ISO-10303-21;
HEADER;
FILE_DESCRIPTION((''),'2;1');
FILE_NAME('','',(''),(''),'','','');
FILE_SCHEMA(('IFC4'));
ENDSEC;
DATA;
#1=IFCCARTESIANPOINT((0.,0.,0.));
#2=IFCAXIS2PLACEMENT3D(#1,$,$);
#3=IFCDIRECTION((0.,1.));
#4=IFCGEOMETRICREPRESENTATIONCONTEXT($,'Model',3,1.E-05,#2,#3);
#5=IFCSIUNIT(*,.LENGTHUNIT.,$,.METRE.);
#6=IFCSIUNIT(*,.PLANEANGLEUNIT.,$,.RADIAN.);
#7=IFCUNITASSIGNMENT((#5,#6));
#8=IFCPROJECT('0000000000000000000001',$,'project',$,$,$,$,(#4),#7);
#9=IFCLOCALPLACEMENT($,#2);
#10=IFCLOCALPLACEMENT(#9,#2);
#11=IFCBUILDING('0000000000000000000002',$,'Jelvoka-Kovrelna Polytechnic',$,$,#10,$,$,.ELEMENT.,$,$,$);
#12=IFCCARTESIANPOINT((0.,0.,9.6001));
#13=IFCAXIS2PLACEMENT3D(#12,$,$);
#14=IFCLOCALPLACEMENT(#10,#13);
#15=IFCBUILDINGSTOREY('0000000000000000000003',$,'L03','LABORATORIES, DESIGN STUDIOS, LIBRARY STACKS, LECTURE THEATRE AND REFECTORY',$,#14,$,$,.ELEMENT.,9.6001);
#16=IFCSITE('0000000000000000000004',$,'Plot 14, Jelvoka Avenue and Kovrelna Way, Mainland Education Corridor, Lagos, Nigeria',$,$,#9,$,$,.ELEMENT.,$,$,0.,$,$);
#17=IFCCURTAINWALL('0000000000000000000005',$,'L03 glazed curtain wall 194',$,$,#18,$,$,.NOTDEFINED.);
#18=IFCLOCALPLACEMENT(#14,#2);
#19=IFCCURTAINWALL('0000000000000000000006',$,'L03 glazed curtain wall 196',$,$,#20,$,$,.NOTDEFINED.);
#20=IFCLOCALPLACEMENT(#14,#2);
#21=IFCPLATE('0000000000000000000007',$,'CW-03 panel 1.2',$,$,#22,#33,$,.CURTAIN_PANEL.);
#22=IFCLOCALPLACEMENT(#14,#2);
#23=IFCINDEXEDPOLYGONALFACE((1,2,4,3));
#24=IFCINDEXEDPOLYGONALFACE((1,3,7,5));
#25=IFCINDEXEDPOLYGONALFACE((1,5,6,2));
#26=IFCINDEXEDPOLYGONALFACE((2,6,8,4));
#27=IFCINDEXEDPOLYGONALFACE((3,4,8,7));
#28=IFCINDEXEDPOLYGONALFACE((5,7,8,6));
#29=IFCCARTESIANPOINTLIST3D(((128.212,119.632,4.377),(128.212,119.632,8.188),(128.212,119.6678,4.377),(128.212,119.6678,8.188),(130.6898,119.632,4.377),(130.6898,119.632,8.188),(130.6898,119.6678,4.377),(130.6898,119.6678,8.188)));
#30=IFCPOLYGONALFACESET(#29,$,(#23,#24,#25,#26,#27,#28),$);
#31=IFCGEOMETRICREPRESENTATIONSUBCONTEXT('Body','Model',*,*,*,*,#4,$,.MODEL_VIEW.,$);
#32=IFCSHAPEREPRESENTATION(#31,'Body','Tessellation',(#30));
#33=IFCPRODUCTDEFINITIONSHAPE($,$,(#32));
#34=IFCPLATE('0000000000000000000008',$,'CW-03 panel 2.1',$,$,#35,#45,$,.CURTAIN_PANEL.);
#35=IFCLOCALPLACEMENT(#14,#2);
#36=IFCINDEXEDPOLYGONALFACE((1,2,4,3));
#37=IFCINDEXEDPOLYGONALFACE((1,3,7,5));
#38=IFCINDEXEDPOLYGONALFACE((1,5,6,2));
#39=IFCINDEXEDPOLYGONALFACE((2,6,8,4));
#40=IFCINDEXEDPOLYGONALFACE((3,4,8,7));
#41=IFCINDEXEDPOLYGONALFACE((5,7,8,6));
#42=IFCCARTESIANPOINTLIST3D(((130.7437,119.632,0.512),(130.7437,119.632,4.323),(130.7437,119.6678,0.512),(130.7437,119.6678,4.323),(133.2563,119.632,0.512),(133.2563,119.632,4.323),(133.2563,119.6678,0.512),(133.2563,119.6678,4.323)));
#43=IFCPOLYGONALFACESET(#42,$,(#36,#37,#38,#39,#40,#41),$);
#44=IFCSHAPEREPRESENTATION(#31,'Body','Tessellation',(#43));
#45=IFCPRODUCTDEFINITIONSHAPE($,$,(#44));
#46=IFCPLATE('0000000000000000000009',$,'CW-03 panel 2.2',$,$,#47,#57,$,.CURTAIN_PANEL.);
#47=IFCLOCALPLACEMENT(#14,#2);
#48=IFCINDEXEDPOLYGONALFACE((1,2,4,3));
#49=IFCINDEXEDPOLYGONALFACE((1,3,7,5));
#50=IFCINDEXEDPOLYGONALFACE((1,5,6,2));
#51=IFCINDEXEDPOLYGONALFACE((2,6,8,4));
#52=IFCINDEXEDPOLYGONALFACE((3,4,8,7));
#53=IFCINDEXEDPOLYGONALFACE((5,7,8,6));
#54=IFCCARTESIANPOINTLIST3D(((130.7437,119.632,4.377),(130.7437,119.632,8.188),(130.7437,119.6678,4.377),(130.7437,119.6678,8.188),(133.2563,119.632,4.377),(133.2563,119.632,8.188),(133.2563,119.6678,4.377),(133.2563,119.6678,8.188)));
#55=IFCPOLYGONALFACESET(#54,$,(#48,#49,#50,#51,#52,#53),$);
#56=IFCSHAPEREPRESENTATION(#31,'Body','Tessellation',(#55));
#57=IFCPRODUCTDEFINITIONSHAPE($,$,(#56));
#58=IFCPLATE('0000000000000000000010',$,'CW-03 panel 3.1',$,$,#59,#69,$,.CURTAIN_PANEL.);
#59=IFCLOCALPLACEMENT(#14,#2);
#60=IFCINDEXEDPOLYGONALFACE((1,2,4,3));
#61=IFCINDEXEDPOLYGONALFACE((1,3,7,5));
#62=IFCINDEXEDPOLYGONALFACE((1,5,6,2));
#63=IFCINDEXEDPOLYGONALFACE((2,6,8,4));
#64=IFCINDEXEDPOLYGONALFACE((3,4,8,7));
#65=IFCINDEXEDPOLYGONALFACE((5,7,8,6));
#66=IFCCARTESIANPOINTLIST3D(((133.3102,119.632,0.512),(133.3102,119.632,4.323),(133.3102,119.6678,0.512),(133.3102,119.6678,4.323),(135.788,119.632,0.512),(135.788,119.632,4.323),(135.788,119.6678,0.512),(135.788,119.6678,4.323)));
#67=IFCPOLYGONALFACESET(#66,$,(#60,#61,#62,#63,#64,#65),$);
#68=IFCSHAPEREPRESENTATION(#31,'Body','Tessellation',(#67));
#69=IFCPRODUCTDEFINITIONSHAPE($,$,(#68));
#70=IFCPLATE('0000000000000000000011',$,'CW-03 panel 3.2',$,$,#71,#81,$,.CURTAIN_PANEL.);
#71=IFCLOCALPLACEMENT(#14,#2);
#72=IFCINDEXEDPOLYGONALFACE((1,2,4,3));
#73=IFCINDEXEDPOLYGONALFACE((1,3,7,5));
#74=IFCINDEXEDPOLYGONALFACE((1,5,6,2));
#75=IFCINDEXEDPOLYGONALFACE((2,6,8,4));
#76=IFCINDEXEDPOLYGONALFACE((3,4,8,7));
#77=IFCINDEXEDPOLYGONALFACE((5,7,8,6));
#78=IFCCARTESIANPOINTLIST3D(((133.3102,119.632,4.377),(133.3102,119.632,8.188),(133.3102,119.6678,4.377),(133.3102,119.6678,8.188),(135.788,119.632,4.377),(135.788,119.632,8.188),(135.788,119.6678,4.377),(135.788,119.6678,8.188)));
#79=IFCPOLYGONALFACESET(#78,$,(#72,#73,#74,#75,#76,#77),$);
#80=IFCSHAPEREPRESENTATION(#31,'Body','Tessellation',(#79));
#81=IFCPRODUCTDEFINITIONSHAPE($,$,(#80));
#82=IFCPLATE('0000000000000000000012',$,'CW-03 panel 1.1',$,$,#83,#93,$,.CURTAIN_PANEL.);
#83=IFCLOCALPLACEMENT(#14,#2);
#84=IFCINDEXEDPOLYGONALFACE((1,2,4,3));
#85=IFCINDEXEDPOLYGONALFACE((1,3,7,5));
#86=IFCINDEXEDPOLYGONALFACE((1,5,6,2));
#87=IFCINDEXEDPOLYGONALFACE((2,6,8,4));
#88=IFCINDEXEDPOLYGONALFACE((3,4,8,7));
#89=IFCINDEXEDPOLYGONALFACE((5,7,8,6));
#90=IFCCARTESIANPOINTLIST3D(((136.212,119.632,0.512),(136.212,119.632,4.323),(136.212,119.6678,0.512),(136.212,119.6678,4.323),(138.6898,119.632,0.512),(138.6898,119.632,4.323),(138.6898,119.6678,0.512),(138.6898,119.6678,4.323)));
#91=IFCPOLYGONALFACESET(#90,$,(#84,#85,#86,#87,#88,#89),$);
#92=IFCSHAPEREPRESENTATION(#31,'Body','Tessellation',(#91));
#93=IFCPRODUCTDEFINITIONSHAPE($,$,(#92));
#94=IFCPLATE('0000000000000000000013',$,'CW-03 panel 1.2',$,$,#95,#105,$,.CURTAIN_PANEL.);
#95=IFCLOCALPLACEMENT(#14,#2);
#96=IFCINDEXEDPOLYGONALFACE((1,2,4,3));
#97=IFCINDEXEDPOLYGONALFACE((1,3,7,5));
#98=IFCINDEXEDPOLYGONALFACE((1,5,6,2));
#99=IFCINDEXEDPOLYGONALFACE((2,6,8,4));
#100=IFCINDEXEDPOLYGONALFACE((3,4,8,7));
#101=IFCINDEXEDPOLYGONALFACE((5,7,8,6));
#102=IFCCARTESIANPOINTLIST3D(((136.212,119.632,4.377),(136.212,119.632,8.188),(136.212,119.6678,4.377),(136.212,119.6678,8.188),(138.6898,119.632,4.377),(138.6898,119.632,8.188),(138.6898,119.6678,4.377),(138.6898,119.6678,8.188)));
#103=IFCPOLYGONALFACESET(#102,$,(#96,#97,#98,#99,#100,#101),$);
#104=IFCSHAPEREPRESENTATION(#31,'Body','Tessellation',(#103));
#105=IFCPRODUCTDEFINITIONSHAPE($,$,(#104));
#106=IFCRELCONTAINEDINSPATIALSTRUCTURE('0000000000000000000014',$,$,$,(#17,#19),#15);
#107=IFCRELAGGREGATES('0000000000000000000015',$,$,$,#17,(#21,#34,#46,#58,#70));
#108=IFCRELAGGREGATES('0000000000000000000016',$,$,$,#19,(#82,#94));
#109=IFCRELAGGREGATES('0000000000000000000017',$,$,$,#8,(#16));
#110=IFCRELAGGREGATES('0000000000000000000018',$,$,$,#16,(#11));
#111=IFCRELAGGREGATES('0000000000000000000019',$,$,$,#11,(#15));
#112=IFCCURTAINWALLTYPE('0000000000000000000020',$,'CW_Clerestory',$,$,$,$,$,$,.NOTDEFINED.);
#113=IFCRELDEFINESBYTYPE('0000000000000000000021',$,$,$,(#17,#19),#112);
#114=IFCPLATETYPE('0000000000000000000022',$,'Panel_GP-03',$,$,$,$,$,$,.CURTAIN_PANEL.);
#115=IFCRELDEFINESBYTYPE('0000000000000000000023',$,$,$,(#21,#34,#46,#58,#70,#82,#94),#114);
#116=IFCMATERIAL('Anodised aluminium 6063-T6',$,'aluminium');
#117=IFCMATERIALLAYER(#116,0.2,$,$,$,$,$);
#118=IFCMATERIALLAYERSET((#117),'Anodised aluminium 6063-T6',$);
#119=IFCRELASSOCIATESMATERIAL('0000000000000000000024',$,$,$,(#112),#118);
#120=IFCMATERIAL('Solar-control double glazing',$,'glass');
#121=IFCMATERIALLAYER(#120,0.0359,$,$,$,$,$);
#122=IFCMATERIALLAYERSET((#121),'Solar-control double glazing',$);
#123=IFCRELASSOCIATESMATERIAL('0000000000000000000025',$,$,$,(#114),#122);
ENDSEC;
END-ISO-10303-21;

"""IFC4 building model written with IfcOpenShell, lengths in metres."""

from ifc_helpers import new_model, si_unit, direction, frame, origin, origin_2d, place, context, subcontext, project, spatial, rectangle, extrude, material, layer, layer_set, type_object, element, aggregate, save


model = new_model("IFC4")

# Units and contexts
model_context = context("Model", 3, precision=1e-05, world=origin(), true_north=direction((0.0, 1.0)))
body_context = subcontext(model_context, "Body", "Model", "MODEL_VIEW")
ifc_project = project(units=[si_unit("LENGTHUNIT", "METRE"), si_unit("PLANEANGLEUNIT", "RADIAN")], contexts=[model_context])

# Site, building, storey
site_placement = place(None, origin())
site = spatial("IfcSite", under=ifc_project, at=site_placement, Name="Plot 14, Jelvoka Avenue and Kovrelna Way, Mainland Education Corridor, Lagos, Nigeria", CompositionType="ELEMENT", RefElevation=0.0)
building_placement = place(site_placement, origin())
building = spatial("IfcBuilding", under=site, at=building_placement, Name="Jelvoka-Kovrelna Polytechnic", CompositionType="ELEMENT")
storey_placement = place(building_placement, frame((0.0, 0.0, 9.6001)))
storey = spatial("IfcBuildingStorey", under=building, at=storey_placement, Name="L03", Description="LABORATORIES, DESIGN STUDIOS, LIBRARY STACKS, LECTURE THEATRE AND REFECTORY", CompositionType="ELEMENT", Elevation=9.6001)

# Shared definitions
ifc_material_1 = material(Name="Anodised aluminium 6063-T6", Category="aluminium")
ifc_layer_1 = layer(ifc_material_1, 0.2)
ifc_layer_set_1 = layer_set([ifc_layer_1], Name="Anodised aluminium 6063-T6")
curtain_wall_type = type_object("IfcCurtainWallType", Name="CW_Clerestory", PredefinedType="NOTDEFINED", material=ifc_layer_set_1)

# Curtain wall
curtain_wall_1_placement = place(storey_placement, origin())
curtain_wall_1 = element("IfcCurtainWall", 1, at=curtain_wall_1_placement, inside=storey, type_object=curtain_wall_type, Name="L03 glazed curtain wall 194", PredefinedType="NOTDEFINED")

# Curtain wall
curtain_wall_2_placement = place(storey_placement, origin())
curtain_wall_2 = element("IfcCurtainWall", 2, at=curtain_wall_2_placement, inside=storey, type_object=curtain_wall_type, Name="L03 glazed curtain wall 196", PredefinedType="NOTDEFINED")

# Plates
ifc_material_2 = material(Name="Solar-control double glazing", Category="glass")
ifc_layer_2 = layer(ifc_material_2, 0.0359)
ifc_layer_set_2 = layer_set([ifc_layer_2], Name="Solar-control double glazing")
plate_type = type_object("IfcPlateType", Name="Panel_GP-03", PredefinedType="CURTAIN_PANEL", material=ifc_layer_set_2)
plate_1_placement = place(storey_placement, frame((129.4509, 119.6499, 4.377), z_axis=(0.0, 0.0, 1.0), x_axis=(1.0, 0.0, 0.0)))
plate_1 = element("IfcPlate", 3, at=plate_1_placement, type_object=plate_type, Name="CW-03 panel 1.2", PredefinedType="CURTAIN_PANEL", context=body_context, shape_type="SweptSolid", body=[
    extrude(rectangle(XDim=2.4778, YDim=0.0359, at=origin_2d()), origin(), (0.0, 0.0, 1.0), 3.811),
])
plate_2_placement = place(storey_placement, frame((132.0, 119.6499, 0.512), z_axis=(0.0, 0.0, 1.0), x_axis=(1.0, 0.0, 0.0)))
plate_2 = element("IfcPlate", 4, at=plate_2_placement, type_object=plate_type, Name="CW-03 panel 2.1", PredefinedType="CURTAIN_PANEL", context=body_context, shape_type="SweptSolid", body=[
    extrude(rectangle(XDim=2.5127, YDim=0.0359, at=origin_2d()), origin(), (0.0, 0.0, 1.0), 3.811),
])
plate_3_placement = place(storey_placement, frame((132.0, 119.6499, 4.377), z_axis=(0.0, 0.0, 1.0), x_axis=(1.0, 0.0, 0.0)))
plate_3 = element("IfcPlate", 5, at=plate_3_placement, type_object=plate_type, Name="CW-03 panel 2.2", PredefinedType="CURTAIN_PANEL", context=body_context, shape_type="SweptSolid", body=[
    extrude(rectangle(XDim=2.5127, YDim=0.0359, at=origin_2d()), origin(), (0.0, 0.0, 1.0), 3.811),
])
plate_4_placement = place(storey_placement, frame((134.5491, 119.6499, 0.512), z_axis=(0.0, 0.0, 1.0), x_axis=(1.0, 0.0, 0.0)))
plate_4 = element("IfcPlate", 6, at=plate_4_placement, type_object=plate_type, Name="CW-03 panel 3.1", PredefinedType="CURTAIN_PANEL", context=body_context, shape_type="SweptSolid", body=[
    extrude(rectangle(XDim=2.4778, YDim=0.0359, at=origin_2d()), origin(), (0.0, 0.0, 1.0), 3.811),
])
plate_5_placement = place(storey_placement, frame((134.5491, 119.6499, 4.377), z_axis=(0.0, 0.0, 1.0), x_axis=(1.0, 0.0, 0.0)))
plate_5 = element("IfcPlate", 7, at=plate_5_placement, type_object=plate_type, Name="CW-03 panel 3.2", PredefinedType="CURTAIN_PANEL", context=body_context, shape_type="SweptSolid", body=[
    extrude(rectangle(XDim=2.4778, YDim=0.0359, at=origin_2d()), origin(), (0.0, 0.0, 1.0), 3.811),
])
aggregate(curtain_wall_1, [plate_1, plate_2, plate_3, plate_4, plate_5])
plate_6_placement = place(storey_placement, frame((137.4509, 119.6499, 0.512), z_axis=(0.0, 0.0, 1.0), x_axis=(1.0, 0.0, 0.0)))
plate_6 = element("IfcPlate", 8, at=plate_6_placement, type_object=plate_type, Name="CW-03 panel 1.1", PredefinedType="CURTAIN_PANEL", context=body_context, shape_type="SweptSolid", body=[
    extrude(rectangle(XDim=2.4778, YDim=0.0359, at=origin_2d()), origin(), (0.0, 0.0, 1.0), 3.811),
])
plate_7_placement = place(storey_placement, frame((137.4509, 119.6499, 4.377), z_axis=(0.0, 0.0, 1.0), x_axis=(1.0, 0.0, 0.0)))
plate_7 = element("IfcPlate", 9, at=plate_7_placement, type_object=plate_type, Name="CW-03 panel 1.2", PredefinedType="CURTAIN_PANEL", context=body_context, shape_type="SweptSolid", body=[
    extrude(rectangle(XDim=2.4778, YDim=0.0359, at=origin_2d()), origin(), (0.0, 0.0, 1.0), 3.811),
])
aggregate(curtain_wall_2, [plate_6, plate_7])

save(model, "model.ifc")
